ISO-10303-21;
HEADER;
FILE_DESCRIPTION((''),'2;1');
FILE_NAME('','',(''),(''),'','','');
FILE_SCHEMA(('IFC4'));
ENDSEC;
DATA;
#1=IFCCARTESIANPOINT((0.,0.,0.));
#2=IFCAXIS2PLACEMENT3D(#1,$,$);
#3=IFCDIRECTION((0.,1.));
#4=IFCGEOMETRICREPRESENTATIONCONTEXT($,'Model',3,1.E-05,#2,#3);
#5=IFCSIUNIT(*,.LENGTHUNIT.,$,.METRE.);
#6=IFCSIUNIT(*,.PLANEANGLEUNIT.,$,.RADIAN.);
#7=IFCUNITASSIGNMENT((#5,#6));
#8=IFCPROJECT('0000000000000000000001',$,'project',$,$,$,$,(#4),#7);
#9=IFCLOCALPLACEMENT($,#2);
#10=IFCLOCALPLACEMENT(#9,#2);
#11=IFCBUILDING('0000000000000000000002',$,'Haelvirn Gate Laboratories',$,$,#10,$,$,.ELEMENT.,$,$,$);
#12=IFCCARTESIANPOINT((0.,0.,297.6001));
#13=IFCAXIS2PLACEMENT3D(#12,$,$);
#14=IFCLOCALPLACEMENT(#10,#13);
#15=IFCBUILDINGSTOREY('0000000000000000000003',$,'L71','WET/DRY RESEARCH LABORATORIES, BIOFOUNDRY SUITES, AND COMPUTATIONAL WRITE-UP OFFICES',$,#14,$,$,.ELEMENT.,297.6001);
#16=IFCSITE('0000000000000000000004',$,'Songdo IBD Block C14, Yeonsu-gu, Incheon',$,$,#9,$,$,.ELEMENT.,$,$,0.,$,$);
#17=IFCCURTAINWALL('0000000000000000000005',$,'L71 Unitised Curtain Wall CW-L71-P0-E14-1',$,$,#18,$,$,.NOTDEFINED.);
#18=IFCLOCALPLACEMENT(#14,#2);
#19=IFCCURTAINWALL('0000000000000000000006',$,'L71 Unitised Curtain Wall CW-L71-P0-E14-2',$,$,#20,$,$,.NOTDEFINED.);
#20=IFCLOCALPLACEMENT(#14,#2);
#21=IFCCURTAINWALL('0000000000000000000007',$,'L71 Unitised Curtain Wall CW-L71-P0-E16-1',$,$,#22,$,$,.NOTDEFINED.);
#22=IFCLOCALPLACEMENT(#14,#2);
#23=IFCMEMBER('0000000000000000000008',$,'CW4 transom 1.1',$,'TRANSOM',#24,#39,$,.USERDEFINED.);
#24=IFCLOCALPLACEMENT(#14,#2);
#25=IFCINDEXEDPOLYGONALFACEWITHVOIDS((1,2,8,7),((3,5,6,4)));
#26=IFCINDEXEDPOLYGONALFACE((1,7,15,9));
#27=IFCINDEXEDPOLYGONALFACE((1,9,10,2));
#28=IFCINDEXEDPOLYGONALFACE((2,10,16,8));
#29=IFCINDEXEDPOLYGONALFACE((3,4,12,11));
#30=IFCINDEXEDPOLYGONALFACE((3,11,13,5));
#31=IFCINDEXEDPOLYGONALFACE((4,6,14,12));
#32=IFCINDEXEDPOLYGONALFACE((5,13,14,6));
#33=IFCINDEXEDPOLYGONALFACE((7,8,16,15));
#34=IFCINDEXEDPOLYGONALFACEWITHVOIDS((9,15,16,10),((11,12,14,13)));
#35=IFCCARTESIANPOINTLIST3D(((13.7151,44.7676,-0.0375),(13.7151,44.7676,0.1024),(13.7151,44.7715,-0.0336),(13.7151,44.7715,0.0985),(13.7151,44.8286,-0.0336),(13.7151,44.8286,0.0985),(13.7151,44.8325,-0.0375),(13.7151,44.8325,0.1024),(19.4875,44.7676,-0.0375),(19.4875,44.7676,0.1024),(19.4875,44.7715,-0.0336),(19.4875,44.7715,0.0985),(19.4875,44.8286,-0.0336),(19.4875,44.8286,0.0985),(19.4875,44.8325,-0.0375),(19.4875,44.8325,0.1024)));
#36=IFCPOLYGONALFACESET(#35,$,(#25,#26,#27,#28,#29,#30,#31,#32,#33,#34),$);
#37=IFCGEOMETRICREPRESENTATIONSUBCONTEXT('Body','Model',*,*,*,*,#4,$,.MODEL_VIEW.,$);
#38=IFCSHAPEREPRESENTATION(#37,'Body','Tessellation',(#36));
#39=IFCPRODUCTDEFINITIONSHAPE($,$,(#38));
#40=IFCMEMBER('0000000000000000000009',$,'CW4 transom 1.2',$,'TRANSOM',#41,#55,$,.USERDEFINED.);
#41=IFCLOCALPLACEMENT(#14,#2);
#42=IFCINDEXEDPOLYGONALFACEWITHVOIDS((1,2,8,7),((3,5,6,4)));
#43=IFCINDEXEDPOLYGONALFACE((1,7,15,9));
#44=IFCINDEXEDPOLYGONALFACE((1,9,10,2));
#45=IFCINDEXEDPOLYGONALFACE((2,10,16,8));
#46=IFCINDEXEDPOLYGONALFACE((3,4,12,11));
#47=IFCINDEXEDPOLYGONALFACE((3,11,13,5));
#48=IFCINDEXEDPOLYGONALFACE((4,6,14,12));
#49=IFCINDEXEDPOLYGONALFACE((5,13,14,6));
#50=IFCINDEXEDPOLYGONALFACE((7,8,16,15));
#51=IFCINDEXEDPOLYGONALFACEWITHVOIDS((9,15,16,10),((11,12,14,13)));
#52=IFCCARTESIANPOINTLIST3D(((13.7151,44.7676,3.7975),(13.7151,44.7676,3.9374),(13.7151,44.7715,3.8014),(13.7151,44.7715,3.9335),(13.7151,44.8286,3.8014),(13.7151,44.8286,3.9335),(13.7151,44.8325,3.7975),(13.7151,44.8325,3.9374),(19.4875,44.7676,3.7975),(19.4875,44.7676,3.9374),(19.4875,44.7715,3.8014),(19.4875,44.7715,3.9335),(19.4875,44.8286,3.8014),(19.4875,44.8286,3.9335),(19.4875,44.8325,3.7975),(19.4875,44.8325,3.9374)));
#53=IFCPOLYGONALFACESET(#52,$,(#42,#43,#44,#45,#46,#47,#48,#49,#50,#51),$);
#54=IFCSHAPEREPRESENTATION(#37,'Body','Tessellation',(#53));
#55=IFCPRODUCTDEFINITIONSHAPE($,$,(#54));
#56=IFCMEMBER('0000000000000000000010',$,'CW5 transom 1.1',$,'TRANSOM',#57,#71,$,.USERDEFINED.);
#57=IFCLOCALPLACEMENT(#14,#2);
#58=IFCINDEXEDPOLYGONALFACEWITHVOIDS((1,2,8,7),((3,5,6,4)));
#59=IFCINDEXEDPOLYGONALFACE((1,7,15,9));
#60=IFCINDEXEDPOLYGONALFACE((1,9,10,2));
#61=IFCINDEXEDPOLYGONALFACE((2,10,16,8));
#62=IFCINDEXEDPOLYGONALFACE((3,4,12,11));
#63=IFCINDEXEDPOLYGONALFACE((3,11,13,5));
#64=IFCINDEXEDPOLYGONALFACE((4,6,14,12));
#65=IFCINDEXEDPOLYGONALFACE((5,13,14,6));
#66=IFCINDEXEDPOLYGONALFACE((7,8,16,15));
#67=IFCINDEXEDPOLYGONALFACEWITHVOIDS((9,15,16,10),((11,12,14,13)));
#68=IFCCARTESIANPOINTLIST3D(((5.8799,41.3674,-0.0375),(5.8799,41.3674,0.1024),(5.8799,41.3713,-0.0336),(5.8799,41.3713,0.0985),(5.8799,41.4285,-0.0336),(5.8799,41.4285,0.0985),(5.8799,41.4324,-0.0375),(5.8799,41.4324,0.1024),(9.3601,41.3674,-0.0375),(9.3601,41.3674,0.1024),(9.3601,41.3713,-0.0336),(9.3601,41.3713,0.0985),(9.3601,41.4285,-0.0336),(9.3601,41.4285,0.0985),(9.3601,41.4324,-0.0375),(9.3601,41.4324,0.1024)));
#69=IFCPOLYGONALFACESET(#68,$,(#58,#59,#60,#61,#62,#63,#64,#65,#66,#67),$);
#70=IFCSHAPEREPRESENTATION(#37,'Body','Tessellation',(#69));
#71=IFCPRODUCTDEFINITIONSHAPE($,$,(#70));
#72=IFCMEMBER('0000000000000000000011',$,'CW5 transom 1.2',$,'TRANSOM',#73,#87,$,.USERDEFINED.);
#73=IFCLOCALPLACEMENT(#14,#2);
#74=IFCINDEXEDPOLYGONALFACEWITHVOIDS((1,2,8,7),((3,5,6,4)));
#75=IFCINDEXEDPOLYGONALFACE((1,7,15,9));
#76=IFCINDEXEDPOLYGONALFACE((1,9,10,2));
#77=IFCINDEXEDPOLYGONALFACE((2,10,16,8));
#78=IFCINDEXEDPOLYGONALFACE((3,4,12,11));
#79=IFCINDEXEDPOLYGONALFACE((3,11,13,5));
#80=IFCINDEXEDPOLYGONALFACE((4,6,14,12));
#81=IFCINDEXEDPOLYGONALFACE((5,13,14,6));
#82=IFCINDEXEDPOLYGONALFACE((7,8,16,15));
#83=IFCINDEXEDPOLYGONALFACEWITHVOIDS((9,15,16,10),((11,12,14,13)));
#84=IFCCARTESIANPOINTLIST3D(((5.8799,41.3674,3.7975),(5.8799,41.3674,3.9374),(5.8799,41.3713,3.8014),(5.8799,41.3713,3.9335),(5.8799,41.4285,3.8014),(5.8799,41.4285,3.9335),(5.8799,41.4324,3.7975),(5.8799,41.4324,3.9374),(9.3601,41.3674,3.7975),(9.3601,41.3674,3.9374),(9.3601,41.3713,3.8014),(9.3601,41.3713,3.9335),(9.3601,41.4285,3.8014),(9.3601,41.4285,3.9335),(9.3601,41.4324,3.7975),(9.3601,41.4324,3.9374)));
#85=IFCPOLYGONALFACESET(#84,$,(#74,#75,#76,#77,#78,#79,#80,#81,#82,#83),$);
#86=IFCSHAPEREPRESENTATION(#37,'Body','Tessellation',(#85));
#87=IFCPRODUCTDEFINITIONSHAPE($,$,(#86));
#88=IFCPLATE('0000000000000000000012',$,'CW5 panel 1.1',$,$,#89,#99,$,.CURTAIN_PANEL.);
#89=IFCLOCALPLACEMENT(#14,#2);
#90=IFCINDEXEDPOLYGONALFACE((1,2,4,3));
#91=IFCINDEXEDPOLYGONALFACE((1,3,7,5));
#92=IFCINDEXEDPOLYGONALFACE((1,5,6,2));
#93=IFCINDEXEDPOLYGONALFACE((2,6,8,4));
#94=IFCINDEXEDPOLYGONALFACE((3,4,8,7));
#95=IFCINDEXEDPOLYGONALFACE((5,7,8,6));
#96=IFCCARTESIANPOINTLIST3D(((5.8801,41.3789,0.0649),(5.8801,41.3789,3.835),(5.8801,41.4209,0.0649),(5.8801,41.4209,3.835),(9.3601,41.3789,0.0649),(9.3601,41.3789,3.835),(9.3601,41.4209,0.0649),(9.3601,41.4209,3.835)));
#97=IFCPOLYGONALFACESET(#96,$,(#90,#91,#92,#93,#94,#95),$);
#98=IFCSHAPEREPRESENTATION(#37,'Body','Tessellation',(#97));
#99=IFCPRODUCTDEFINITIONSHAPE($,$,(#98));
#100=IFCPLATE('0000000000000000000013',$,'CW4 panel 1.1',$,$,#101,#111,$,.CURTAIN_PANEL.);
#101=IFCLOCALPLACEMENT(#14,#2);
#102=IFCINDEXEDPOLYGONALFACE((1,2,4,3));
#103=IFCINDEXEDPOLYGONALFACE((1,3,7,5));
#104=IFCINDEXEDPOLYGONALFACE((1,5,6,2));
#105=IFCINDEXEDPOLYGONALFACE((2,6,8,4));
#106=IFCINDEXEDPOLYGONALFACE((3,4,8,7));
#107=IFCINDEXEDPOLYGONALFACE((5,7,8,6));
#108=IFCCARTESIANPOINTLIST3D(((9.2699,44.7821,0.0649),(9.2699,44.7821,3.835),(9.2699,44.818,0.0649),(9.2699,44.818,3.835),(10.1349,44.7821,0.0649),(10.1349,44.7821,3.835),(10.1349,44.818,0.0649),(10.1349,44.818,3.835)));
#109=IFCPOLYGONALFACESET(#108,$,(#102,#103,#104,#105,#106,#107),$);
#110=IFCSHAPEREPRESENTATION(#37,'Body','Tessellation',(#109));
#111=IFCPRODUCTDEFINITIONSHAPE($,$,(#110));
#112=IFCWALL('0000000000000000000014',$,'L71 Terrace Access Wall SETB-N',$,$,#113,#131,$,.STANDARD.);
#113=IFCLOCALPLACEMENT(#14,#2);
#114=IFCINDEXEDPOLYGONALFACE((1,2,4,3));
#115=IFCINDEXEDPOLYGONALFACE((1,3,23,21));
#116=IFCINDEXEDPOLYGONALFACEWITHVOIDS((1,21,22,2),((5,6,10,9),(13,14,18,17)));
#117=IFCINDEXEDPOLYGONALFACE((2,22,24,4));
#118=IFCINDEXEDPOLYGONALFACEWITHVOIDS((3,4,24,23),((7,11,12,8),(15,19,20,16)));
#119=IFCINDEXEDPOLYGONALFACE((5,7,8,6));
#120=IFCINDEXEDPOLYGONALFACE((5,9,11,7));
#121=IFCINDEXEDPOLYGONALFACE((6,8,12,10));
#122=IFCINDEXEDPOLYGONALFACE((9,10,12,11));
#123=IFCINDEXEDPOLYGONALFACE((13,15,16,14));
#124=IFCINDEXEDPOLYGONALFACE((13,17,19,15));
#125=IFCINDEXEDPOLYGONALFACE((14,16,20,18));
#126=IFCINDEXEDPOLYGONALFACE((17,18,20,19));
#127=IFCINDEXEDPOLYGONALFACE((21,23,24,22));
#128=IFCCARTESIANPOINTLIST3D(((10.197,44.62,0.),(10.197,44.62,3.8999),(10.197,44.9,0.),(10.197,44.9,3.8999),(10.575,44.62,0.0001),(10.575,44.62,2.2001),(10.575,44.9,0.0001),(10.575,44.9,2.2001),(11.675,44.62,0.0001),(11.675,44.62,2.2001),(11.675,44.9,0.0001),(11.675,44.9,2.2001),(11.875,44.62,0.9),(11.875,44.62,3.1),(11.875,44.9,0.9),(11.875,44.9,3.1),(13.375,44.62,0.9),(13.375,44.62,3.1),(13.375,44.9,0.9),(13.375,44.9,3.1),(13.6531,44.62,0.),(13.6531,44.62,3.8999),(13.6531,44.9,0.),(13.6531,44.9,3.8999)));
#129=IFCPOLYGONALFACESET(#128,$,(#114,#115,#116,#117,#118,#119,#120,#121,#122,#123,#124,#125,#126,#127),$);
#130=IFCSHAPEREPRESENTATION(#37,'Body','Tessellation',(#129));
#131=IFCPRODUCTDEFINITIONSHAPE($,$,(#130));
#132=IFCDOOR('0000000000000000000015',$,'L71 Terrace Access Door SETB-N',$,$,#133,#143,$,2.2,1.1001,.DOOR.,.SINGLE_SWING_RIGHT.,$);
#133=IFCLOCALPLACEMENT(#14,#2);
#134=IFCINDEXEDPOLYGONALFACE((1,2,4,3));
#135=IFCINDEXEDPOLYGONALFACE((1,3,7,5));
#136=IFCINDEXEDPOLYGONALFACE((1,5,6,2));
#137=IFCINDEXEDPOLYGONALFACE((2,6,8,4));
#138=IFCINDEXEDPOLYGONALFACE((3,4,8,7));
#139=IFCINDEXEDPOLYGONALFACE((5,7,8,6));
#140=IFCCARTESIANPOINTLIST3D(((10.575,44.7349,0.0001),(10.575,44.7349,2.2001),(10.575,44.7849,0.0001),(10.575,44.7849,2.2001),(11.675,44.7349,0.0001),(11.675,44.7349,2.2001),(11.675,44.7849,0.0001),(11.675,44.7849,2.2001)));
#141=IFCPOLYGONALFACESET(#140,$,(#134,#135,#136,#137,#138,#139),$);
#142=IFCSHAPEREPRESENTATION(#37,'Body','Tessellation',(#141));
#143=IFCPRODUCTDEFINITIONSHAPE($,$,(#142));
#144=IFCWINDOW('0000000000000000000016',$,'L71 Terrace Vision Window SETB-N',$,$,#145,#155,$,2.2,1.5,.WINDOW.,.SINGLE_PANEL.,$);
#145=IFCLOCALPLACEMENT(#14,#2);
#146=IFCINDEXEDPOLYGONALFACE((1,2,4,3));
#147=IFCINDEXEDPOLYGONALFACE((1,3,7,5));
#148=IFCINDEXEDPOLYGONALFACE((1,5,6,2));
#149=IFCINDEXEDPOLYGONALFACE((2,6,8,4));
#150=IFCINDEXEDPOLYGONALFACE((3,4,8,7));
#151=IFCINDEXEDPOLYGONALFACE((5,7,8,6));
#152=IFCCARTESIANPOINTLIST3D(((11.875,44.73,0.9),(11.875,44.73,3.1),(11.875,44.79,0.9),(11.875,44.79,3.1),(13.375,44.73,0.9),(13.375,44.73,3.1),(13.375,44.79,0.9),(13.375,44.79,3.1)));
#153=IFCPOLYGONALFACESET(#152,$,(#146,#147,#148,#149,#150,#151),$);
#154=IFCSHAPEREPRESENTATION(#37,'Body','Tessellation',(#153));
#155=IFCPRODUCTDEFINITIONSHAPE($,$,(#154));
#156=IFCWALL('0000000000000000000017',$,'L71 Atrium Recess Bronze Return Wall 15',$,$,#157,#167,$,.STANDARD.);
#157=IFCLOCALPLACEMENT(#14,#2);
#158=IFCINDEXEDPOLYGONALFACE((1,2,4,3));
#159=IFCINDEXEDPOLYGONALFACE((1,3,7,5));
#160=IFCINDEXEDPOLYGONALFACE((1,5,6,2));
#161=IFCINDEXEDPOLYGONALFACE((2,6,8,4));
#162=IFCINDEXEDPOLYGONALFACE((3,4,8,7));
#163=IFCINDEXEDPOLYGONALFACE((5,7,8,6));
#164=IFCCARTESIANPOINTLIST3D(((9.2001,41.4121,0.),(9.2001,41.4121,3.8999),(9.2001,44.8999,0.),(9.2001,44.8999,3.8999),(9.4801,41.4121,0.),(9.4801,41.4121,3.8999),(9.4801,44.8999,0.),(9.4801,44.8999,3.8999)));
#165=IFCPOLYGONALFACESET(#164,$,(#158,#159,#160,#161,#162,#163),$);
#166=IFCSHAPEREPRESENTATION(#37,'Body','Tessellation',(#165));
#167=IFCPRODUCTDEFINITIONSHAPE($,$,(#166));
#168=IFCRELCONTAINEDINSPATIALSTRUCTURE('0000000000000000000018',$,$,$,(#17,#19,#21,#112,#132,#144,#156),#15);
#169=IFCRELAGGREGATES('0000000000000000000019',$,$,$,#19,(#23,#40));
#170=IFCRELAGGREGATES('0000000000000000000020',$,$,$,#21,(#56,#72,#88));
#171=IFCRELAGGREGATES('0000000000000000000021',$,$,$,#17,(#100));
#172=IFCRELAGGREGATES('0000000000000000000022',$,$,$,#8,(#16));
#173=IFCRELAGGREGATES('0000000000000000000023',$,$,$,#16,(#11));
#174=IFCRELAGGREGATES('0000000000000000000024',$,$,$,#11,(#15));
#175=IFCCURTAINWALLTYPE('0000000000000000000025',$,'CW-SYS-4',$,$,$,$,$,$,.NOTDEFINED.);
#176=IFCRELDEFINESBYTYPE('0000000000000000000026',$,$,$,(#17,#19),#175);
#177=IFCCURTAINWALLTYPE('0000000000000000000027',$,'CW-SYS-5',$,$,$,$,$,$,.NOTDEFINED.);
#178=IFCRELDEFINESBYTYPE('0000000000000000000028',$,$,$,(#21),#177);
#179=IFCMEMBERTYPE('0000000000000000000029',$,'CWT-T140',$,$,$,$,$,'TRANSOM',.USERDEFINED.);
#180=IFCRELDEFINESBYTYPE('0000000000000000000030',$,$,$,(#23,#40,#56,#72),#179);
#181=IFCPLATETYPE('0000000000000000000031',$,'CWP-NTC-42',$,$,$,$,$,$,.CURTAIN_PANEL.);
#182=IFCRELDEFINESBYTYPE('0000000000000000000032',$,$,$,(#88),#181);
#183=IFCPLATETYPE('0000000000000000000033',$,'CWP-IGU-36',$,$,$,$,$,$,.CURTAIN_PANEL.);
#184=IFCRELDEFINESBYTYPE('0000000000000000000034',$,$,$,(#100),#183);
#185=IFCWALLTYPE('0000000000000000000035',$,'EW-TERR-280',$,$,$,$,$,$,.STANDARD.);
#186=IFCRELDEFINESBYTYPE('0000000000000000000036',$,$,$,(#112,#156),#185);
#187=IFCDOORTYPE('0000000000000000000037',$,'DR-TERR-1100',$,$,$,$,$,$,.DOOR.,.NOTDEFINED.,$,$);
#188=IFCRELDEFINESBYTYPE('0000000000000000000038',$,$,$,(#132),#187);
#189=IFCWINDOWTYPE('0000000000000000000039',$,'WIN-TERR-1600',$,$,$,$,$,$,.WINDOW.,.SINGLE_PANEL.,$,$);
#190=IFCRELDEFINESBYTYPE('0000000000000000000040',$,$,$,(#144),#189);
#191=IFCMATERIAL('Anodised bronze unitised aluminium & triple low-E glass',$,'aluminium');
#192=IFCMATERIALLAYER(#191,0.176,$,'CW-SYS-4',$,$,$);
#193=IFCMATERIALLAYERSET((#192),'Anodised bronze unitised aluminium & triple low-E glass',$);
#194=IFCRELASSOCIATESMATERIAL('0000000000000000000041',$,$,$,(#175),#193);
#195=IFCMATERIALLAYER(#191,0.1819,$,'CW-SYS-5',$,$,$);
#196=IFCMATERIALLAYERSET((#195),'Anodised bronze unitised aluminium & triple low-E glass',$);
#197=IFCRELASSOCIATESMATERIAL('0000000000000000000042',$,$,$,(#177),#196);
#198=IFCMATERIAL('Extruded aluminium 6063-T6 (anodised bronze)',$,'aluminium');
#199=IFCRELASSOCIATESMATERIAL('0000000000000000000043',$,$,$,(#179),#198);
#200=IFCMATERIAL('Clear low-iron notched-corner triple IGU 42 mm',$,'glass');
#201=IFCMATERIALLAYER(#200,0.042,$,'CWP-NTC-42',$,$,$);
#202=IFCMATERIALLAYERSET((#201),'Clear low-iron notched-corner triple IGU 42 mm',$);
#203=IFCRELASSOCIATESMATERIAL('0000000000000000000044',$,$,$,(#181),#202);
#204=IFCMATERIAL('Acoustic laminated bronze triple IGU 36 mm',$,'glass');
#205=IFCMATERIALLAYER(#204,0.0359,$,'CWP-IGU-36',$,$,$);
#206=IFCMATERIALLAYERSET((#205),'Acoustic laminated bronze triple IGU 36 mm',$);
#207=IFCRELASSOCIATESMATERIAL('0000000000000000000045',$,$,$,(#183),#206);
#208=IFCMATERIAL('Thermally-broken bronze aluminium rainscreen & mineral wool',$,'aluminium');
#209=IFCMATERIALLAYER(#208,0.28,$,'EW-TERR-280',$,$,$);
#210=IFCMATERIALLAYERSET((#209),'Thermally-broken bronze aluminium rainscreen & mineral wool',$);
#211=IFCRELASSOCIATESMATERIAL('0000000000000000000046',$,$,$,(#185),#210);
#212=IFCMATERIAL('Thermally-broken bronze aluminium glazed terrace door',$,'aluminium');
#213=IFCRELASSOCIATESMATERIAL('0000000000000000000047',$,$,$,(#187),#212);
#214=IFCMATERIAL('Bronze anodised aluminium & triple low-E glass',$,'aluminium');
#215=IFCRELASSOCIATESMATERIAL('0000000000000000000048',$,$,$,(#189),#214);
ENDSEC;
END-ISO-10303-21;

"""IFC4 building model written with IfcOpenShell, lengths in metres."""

from ifc_helpers import new_model, si_unit, direction, frame, frame_2d, origin, origin_2d, place, context, subcontext, project, spatial, rectangle, hollow_rectangle, extrude, source, transform, mapped, material, layer, layer_set, material_profile, profile_set, type_object, type_shapes, element, fill, aggregate, save


model = new_model("IFC4")

# Units and contexts
model_context = context("Model", 3, precision=1e-05, world=origin(), true_north=direction((0.0, 1.0)))
body_context = subcontext(model_context, "Body", "Model", "MODEL_VIEW")
ifc_project = project(units=[si_unit("LENGTHUNIT", "METRE"), si_unit("PLANEANGLEUNIT", "RADIAN")], contexts=[model_context])

# Site, building, storey
site_placement = place(None, origin())
site = spatial("IfcSite", under=ifc_project, at=site_placement, Name="Songdo IBD Block C14, Yeonsu-gu, Incheon", CompositionType="ELEMENT", RefElevation=0.0)
building_placement = place(site_placement, origin())
building = spatial("IfcBuilding", under=site, at=building_placement, Name="Haelvirn Gate Laboratories", CompositionType="ELEMENT")
storey_placement = place(building_placement, frame((0.0, 0.0, 297.6001)))
storey = spatial("IfcBuildingStorey", under=building, at=storey_placement, Name="L71", Description="WET/DRY RESEARCH LABORATORIES, BIOFOUNDRY SUITES, AND COMPUTATIONAL WRITE-UP OFFICES", CompositionType="ELEMENT", Elevation=297.6001)

# Curtain wall
ifc_material_1 = material(Name="Anodised bronze unitised aluminium & triple low-E glass", Category="aluminium")
ifc_layer_1 = layer(ifc_material_1, 0.176, Name="CW-SYS-4")
ifc_layer_set_1 = layer_set([ifc_layer_1], Name="Anodised bronze unitised aluminium & triple low-E glass")
curtain_wall_type_1 = type_object("IfcCurtainWallType", Name="CW-SYS-4", PredefinedType="NOTDEFINED", material=ifc_layer_set_1)
curtain_wall_1_placement = place(storey_placement, origin())
curtain_wall_1 = element("IfcCurtainWall", 1, at=curtain_wall_1_placement, inside=storey, type_object=curtain_wall_type_1, Name="L71 Unitised Curtain Wall CW-L71-P0-E14-1", PredefinedType="NOTDEFINED")
ifc_material_2 = material(Name="Extruded aluminium 6063-T6 (anodised bronze)", Category="aluminium")

# Curtain wall
curtain_wall_2_placement = place(storey_placement, origin())
curtain_wall_2 = element("IfcCurtainWall", 2, at=curtain_wall_2_placement, inside=storey, type_object=curtain_wall_type_1, Name="L71 Unitised Curtain Wall CW-L71-P0-E14-2", PredefinedType="NOTDEFINED")

# Curtain wall
ifc_layer_2 = layer(ifc_material_1, 0.1819, Name="CW-SYS-5")
ifc_layer_set_2 = layer_set([ifc_layer_2], Name="Anodised bronze unitised aluminium & triple low-E glass")
curtain_wall_type_2 = type_object("IfcCurtainWallType", Name="CW-SYS-5", PredefinedType="NOTDEFINED", material=ifc_layer_set_2)
curtain_wall_3_placement = place(storey_placement, origin())
curtain_wall_3 = element("IfcCurtainWall", 3, at=curtain_wall_3_placement, inside=storey, type_object=curtain_wall_type_2, Name="L71 Unitised Curtain Wall CW-L71-P0-E16-1", PredefinedType="NOTDEFINED")

# Members
ifc_material_profile_1 = material_profile(ifc_material_2, hollow_rectangle(XDim=0.0649, YDim=0.1399, WallThickness=0.0039, at=origin_2d()), Name="CWT-140x65x4")
ifc_profile_set_1 = profile_set([ifc_material_profile_1], Name="Extruded aluminium 6063-T6 (anodised bronze)")
member_type_1 = type_object("IfcMemberType", Name="CWT-T140", ElementType="TRANSOM", PredefinedType="USERDEFINED", material=ifc_profile_set_1)
shared_shape_1 = source(origin(), body_context, "Body", "SweptSolid", [
    extrude(hollow_rectangle(XDim=0.0649, YDim=0.1399, WallThickness=0.0039, at=origin_2d()), origin(), (0.0, 0.0, 1.0), 5.7725),
])
member_1_placement = place(storey_placement, frame((13.7151, 44.8, 0.0325), z_axis=(1.0, 0.0, 0.0), x_axis=(0.0, 1.0, 0.0)))
member_1 = element("IfcMember", 4, at=member_1_placement, type_object=member_type_1, Name="CW4 transom 1.1", ObjectType="TRANSOM", PredefinedType="USERDEFINED", context=body_context, shape_type="MappedRepresentation", body=[
    mapped(shared_shape_1, transform((0.0, 0.0, 0.0), scale=1.0)),
])
member_2_placement = place(storey_placement, frame((13.7151, 44.8, 3.8674), z_axis=(1.0, 0.0, 0.0), x_axis=(0.0, 1.0, 0.0)))
member_2 = element("IfcMember", 5, at=member_2_placement, type_object=member_type_1, Name="CW4 transom 1.2", ObjectType="TRANSOM", PredefinedType="USERDEFINED", context=body_context, shape_type="MappedRepresentation", body=[
    mapped(shared_shape_1, transform((0.0, 0.0, 0.0), scale=1.0)),
])
aggregate(curtain_wall_2, [member_1, member_2])
shared_shape_2 = source(origin(), body_context, "Body", "SweptSolid", [
    extrude(hollow_rectangle(XDim=0.0649, YDim=0.1399, WallThickness=0.0039, at=origin_2d()), origin(), (0.0, 0.0, 1.0), 3.4802),
])
member_3_placement = place(storey_placement, frame((5.8799, 41.3999, 0.0325), z_axis=(1.0, 0.0, 0.0), x_axis=(0.0, 1.0, 0.0)))
member_3 = element("IfcMember", 6, at=member_3_placement, type_object=member_type_1, Name="CW5 transom 1.1", ObjectType="TRANSOM", PredefinedType="USERDEFINED", context=body_context, shape_type="MappedRepresentation", body=[
    mapped(shared_shape_2, transform((0.0, 0.0, 0.0), scale=1.0)),
])
member_4_placement = place(storey_placement, frame((5.8799, 41.3999, 3.8674), z_axis=(1.0, 0.0, 0.0), x_axis=(0.0, 1.0, 0.0)))
member_4 = element("IfcMember", 7, at=member_4_placement, type_object=member_type_1, Name="CW5 transom 1.2", ObjectType="TRANSOM", PredefinedType="USERDEFINED", context=body_context, shape_type="MappedRepresentation", body=[
    mapped(shared_shape_2, transform((0.0, 0.0, 0.0), scale=1.0)),
])

# Plates
ifc_material_3 = material(Name="Clear low-iron notched-corner triple IGU 42 mm", Category="glass")
ifc_layer_3 = layer(ifc_material_3, 0.042, Name="CWP-NTC-42")
ifc_layer_set_3 = layer_set([ifc_layer_3], Name="Clear low-iron notched-corner triple IGU 42 mm")
plate_type_1 = type_object("IfcPlateType", Name="CWP-NTC-42", PredefinedType="CURTAIN_PANEL", material=ifc_layer_set_3)
shared_shape_3 = source(origin(), body_context, "Body", "SweptSolid", [
    extrude(rectangle(XDim=3.48, YDim=0.042, at=origin_2d()), origin(), (0.0, 0.0, 1.0), 3.77),
])
type_shapes(plate_type_1, [shared_shape_3])
plate_1_placement = place(storey_placement, frame((7.6201, 41.3999, 0.0649), z_axis=(0.0, 0.0, 1.0), x_axis=(1.0, 0.0, 0.0)))
plate_1 = element("IfcPlate", 8, at=plate_1_placement, type_object=plate_type_1, Name="CW5 panel 1.1", PredefinedType="CURTAIN_PANEL", context=body_context, shape_type="MappedRepresentation", body=[
    mapped(shared_shape_3, transform((0.0, 0.0, 0.0), scale=1.0)),
])
aggregate(curtain_wall_3, [member_3, member_4, plate_1])
ifc_material_4 = material(Name="Acoustic laminated bronze triple IGU 36 mm", Category="glass")
ifc_layer_4 = layer(ifc_material_4, 0.0359, Name="CWP-IGU-36")
ifc_layer_set_4 = layer_set([ifc_layer_4], Name="Acoustic laminated bronze triple IGU 36 mm")
plate_type_2 = type_object("IfcPlateType", Name="CWP-IGU-36", PredefinedType="CURTAIN_PANEL", material=ifc_layer_set_4)
shared_shape_4 = source(origin(), body_context, "Body", "SweptSolid", [
    extrude(rectangle(XDim=0.865, YDim=0.0359, at=origin_2d()), origin(), (0.0, 0.0, 1.0), 3.77),
])
type_shapes(plate_type_2, [shared_shape_4])
plate_2_placement = place(storey_placement, frame((9.7024, 44.8, 0.0649), z_axis=(0.0, 0.0, 1.0), x_axis=(1.0, 0.0, 0.0)))
plate_2 = element("IfcPlate", 9, at=plate_2_placement, type_object=plate_type_2, Name="CW4 panel 1.1", PredefinedType="CURTAIN_PANEL", context=body_context, shape_type="MappedRepresentation", body=[
    mapped(shared_shape_4, transform((0.0, 0.0, 0.0), scale=1.0)),
])
aggregate(curtain_wall_1, [plate_2])

# Wall, openings, door, window
ifc_material_5 = material(Name="Thermally-broken bronze aluminium rainscreen & mineral wool", Category="aluminium")
ifc_layer_5 = layer(ifc_material_5, 0.28, Name="EW-TERR-280")
ifc_layer_set_5 = layer_set([ifc_layer_5], Name="Thermally-broken bronze aluminium rainscreen & mineral wool")
wall_type_1 = type_object("IfcWallType", Name="EW-TERR-280", PredefinedType="STANDARD", material=ifc_layer_set_5)
wall_1_placement = place(storey_placement, frame((10.197, 44.76, 0.0), z_axis=(0.0, 0.0, 1.0), x_axis=(1.0, 0.0, 0.0)))
wall_1 = element("IfcWall", 10, at=wall_1_placement, inside=storey, type_object=wall_type_1, Name="L71 Terrace Access Wall SETB-N", PredefinedType="STANDARD", context=body_context, shape_type="SweptSolid", body=[
    extrude(rectangle(XDim=3.4561, YDim=0.28, at=frame_2d((1.728, 0.0))), origin(), (0.0, 0.0, 1.0), 3.8999),
])
opening_1_placement = place(wall_1_placement, frame((0.3779, 0.0, 0.0)))
opening_1 = element("IfcOpeningElement", 11, at=opening_1_placement, cuts=wall_1, PredefinedType="OPENING", context=body_context, shape_type="SweptSolid", body=[
    extrude(rectangle(XDim=1.1001, YDim=2.2, at=frame_2d((0.55, 1.1001))), frame((0.0, 0.1499, 0.0), z_axis=(0.0, -1.0, 0.0), x_axis=(1.0, 0.0, 0.0)), (0.0, 0.0, 1.0), 0.3),
])
opening_2_placement = place(wall_1_placement, frame((1.678, 0.0, 0.8999)))
opening_2 = element("IfcOpeningElement", 12, at=opening_2_placement, cuts=wall_1, PredefinedType="OPENING", context=body_context, shape_type="SweptSolid", body=[
    extrude(rectangle(XDim=1.5, YDim=2.2, at=frame_2d((0.75, 1.1001))), frame((0.0, 0.1499, 0.0), z_axis=(0.0, -1.0, 0.0), x_axis=(1.0, 0.0, 0.0)), (0.0, 0.0, 1.0), 0.3),
])
ifc_material_6 = material(Name="Thermally-broken bronze aluminium glazed terrace door", Category="aluminium")
door_type_1 = type_object("IfcDoorType", Name="DR-TERR-1100", OperationType="NOTDEFINED", PredefinedType="DOOR", material=ifc_material_6)
shared_shape_5 = source(origin(), body_context, "Body", "SweptSolid", [
    extrude(rectangle(XDim=1.1001, YDim=2.2, at=frame_2d((0.55, 1.1001))), frame((0.0, 0.0249, 0.0), z_axis=(0.0, -1.0, 0.0), x_axis=(1.0, 0.0, 0.0)), (0.0, 0.0, 1.0), 0.05),
])
type_shapes(door_type_1, [shared_shape_5])
door_1_placement = place(opening_1_placement, origin())
door_1 = element("IfcDoor", 13, at=door_1_placement, inside=storey, type_object=door_type_1, Name="L71 Terrace Access Door SETB-N", OperationType="SINGLE_SWING_RIGHT", OverallHeight=2.2, OverallWidth=1.1001, PredefinedType="DOOR", context=body_context, shape_type="MappedRepresentation", body=[
    mapped(shared_shape_5, transform((0.0, 0.0, 0.0), scale=1.0)),
])
fill(opening_1, door_1)
ifc_material_7 = material(Name="Bronze anodised aluminium & triple low-E glass", Category="aluminium")
window_type = type_object("IfcWindowType", Name="WIN-TERR-1600", PartitioningType="SINGLE_PANEL", PredefinedType="WINDOW", material=ifc_material_7)
shared_shape_6 = source(origin(), body_context, "Body", "SweptSolid", [
    extrude(rectangle(XDim=1.5, YDim=2.2, at=frame_2d((0.75, 1.1001))), frame((0.0, 0.03, 0.0), z_axis=(0.0, -1.0, 0.0), x_axis=(1.0, 0.0, 0.0)), (0.0, 0.0, 1.0), 0.0601),
])
type_shapes(window_type, [shared_shape_6])
window_placement = place(opening_2_placement, origin())
window = element("IfcWindow", 14, at=window_placement, inside=storey, type_object=window_type, Name="L71 Terrace Vision Window SETB-N", OverallHeight=2.2, OverallWidth=1.5, PartitioningType="SINGLE_PANEL", PredefinedType="WINDOW", context=body_context, shape_type="MappedRepresentation", body=[
    mapped(shared_shape_6, transform((0.0, 0.0, 0.0), scale=1.0)),
])
fill(opening_2, window)

# Wall
wall_2_placement = place(storey_placement, frame((9.3401, 44.8999, 0.0), z_axis=(0.0, 0.0, 1.0), x_axis=(0.0, -1.0, 0.0)))
element("IfcWall", 15, at=wall_2_placement, inside=storey, type_object=wall_type_1, Name="L71 Atrium Recess Bronze Return Wall 15", PredefinedType="STANDARD", context=body_context, shape_type="SweptSolid", body=[
    extrude(rectangle(XDim=3.4878, YDim=0.28, at=frame_2d((1.7439, 0.0))), origin(), (0.0, 0.0, 1.0), 3.8999),
])

save(model, "model.ifc")
